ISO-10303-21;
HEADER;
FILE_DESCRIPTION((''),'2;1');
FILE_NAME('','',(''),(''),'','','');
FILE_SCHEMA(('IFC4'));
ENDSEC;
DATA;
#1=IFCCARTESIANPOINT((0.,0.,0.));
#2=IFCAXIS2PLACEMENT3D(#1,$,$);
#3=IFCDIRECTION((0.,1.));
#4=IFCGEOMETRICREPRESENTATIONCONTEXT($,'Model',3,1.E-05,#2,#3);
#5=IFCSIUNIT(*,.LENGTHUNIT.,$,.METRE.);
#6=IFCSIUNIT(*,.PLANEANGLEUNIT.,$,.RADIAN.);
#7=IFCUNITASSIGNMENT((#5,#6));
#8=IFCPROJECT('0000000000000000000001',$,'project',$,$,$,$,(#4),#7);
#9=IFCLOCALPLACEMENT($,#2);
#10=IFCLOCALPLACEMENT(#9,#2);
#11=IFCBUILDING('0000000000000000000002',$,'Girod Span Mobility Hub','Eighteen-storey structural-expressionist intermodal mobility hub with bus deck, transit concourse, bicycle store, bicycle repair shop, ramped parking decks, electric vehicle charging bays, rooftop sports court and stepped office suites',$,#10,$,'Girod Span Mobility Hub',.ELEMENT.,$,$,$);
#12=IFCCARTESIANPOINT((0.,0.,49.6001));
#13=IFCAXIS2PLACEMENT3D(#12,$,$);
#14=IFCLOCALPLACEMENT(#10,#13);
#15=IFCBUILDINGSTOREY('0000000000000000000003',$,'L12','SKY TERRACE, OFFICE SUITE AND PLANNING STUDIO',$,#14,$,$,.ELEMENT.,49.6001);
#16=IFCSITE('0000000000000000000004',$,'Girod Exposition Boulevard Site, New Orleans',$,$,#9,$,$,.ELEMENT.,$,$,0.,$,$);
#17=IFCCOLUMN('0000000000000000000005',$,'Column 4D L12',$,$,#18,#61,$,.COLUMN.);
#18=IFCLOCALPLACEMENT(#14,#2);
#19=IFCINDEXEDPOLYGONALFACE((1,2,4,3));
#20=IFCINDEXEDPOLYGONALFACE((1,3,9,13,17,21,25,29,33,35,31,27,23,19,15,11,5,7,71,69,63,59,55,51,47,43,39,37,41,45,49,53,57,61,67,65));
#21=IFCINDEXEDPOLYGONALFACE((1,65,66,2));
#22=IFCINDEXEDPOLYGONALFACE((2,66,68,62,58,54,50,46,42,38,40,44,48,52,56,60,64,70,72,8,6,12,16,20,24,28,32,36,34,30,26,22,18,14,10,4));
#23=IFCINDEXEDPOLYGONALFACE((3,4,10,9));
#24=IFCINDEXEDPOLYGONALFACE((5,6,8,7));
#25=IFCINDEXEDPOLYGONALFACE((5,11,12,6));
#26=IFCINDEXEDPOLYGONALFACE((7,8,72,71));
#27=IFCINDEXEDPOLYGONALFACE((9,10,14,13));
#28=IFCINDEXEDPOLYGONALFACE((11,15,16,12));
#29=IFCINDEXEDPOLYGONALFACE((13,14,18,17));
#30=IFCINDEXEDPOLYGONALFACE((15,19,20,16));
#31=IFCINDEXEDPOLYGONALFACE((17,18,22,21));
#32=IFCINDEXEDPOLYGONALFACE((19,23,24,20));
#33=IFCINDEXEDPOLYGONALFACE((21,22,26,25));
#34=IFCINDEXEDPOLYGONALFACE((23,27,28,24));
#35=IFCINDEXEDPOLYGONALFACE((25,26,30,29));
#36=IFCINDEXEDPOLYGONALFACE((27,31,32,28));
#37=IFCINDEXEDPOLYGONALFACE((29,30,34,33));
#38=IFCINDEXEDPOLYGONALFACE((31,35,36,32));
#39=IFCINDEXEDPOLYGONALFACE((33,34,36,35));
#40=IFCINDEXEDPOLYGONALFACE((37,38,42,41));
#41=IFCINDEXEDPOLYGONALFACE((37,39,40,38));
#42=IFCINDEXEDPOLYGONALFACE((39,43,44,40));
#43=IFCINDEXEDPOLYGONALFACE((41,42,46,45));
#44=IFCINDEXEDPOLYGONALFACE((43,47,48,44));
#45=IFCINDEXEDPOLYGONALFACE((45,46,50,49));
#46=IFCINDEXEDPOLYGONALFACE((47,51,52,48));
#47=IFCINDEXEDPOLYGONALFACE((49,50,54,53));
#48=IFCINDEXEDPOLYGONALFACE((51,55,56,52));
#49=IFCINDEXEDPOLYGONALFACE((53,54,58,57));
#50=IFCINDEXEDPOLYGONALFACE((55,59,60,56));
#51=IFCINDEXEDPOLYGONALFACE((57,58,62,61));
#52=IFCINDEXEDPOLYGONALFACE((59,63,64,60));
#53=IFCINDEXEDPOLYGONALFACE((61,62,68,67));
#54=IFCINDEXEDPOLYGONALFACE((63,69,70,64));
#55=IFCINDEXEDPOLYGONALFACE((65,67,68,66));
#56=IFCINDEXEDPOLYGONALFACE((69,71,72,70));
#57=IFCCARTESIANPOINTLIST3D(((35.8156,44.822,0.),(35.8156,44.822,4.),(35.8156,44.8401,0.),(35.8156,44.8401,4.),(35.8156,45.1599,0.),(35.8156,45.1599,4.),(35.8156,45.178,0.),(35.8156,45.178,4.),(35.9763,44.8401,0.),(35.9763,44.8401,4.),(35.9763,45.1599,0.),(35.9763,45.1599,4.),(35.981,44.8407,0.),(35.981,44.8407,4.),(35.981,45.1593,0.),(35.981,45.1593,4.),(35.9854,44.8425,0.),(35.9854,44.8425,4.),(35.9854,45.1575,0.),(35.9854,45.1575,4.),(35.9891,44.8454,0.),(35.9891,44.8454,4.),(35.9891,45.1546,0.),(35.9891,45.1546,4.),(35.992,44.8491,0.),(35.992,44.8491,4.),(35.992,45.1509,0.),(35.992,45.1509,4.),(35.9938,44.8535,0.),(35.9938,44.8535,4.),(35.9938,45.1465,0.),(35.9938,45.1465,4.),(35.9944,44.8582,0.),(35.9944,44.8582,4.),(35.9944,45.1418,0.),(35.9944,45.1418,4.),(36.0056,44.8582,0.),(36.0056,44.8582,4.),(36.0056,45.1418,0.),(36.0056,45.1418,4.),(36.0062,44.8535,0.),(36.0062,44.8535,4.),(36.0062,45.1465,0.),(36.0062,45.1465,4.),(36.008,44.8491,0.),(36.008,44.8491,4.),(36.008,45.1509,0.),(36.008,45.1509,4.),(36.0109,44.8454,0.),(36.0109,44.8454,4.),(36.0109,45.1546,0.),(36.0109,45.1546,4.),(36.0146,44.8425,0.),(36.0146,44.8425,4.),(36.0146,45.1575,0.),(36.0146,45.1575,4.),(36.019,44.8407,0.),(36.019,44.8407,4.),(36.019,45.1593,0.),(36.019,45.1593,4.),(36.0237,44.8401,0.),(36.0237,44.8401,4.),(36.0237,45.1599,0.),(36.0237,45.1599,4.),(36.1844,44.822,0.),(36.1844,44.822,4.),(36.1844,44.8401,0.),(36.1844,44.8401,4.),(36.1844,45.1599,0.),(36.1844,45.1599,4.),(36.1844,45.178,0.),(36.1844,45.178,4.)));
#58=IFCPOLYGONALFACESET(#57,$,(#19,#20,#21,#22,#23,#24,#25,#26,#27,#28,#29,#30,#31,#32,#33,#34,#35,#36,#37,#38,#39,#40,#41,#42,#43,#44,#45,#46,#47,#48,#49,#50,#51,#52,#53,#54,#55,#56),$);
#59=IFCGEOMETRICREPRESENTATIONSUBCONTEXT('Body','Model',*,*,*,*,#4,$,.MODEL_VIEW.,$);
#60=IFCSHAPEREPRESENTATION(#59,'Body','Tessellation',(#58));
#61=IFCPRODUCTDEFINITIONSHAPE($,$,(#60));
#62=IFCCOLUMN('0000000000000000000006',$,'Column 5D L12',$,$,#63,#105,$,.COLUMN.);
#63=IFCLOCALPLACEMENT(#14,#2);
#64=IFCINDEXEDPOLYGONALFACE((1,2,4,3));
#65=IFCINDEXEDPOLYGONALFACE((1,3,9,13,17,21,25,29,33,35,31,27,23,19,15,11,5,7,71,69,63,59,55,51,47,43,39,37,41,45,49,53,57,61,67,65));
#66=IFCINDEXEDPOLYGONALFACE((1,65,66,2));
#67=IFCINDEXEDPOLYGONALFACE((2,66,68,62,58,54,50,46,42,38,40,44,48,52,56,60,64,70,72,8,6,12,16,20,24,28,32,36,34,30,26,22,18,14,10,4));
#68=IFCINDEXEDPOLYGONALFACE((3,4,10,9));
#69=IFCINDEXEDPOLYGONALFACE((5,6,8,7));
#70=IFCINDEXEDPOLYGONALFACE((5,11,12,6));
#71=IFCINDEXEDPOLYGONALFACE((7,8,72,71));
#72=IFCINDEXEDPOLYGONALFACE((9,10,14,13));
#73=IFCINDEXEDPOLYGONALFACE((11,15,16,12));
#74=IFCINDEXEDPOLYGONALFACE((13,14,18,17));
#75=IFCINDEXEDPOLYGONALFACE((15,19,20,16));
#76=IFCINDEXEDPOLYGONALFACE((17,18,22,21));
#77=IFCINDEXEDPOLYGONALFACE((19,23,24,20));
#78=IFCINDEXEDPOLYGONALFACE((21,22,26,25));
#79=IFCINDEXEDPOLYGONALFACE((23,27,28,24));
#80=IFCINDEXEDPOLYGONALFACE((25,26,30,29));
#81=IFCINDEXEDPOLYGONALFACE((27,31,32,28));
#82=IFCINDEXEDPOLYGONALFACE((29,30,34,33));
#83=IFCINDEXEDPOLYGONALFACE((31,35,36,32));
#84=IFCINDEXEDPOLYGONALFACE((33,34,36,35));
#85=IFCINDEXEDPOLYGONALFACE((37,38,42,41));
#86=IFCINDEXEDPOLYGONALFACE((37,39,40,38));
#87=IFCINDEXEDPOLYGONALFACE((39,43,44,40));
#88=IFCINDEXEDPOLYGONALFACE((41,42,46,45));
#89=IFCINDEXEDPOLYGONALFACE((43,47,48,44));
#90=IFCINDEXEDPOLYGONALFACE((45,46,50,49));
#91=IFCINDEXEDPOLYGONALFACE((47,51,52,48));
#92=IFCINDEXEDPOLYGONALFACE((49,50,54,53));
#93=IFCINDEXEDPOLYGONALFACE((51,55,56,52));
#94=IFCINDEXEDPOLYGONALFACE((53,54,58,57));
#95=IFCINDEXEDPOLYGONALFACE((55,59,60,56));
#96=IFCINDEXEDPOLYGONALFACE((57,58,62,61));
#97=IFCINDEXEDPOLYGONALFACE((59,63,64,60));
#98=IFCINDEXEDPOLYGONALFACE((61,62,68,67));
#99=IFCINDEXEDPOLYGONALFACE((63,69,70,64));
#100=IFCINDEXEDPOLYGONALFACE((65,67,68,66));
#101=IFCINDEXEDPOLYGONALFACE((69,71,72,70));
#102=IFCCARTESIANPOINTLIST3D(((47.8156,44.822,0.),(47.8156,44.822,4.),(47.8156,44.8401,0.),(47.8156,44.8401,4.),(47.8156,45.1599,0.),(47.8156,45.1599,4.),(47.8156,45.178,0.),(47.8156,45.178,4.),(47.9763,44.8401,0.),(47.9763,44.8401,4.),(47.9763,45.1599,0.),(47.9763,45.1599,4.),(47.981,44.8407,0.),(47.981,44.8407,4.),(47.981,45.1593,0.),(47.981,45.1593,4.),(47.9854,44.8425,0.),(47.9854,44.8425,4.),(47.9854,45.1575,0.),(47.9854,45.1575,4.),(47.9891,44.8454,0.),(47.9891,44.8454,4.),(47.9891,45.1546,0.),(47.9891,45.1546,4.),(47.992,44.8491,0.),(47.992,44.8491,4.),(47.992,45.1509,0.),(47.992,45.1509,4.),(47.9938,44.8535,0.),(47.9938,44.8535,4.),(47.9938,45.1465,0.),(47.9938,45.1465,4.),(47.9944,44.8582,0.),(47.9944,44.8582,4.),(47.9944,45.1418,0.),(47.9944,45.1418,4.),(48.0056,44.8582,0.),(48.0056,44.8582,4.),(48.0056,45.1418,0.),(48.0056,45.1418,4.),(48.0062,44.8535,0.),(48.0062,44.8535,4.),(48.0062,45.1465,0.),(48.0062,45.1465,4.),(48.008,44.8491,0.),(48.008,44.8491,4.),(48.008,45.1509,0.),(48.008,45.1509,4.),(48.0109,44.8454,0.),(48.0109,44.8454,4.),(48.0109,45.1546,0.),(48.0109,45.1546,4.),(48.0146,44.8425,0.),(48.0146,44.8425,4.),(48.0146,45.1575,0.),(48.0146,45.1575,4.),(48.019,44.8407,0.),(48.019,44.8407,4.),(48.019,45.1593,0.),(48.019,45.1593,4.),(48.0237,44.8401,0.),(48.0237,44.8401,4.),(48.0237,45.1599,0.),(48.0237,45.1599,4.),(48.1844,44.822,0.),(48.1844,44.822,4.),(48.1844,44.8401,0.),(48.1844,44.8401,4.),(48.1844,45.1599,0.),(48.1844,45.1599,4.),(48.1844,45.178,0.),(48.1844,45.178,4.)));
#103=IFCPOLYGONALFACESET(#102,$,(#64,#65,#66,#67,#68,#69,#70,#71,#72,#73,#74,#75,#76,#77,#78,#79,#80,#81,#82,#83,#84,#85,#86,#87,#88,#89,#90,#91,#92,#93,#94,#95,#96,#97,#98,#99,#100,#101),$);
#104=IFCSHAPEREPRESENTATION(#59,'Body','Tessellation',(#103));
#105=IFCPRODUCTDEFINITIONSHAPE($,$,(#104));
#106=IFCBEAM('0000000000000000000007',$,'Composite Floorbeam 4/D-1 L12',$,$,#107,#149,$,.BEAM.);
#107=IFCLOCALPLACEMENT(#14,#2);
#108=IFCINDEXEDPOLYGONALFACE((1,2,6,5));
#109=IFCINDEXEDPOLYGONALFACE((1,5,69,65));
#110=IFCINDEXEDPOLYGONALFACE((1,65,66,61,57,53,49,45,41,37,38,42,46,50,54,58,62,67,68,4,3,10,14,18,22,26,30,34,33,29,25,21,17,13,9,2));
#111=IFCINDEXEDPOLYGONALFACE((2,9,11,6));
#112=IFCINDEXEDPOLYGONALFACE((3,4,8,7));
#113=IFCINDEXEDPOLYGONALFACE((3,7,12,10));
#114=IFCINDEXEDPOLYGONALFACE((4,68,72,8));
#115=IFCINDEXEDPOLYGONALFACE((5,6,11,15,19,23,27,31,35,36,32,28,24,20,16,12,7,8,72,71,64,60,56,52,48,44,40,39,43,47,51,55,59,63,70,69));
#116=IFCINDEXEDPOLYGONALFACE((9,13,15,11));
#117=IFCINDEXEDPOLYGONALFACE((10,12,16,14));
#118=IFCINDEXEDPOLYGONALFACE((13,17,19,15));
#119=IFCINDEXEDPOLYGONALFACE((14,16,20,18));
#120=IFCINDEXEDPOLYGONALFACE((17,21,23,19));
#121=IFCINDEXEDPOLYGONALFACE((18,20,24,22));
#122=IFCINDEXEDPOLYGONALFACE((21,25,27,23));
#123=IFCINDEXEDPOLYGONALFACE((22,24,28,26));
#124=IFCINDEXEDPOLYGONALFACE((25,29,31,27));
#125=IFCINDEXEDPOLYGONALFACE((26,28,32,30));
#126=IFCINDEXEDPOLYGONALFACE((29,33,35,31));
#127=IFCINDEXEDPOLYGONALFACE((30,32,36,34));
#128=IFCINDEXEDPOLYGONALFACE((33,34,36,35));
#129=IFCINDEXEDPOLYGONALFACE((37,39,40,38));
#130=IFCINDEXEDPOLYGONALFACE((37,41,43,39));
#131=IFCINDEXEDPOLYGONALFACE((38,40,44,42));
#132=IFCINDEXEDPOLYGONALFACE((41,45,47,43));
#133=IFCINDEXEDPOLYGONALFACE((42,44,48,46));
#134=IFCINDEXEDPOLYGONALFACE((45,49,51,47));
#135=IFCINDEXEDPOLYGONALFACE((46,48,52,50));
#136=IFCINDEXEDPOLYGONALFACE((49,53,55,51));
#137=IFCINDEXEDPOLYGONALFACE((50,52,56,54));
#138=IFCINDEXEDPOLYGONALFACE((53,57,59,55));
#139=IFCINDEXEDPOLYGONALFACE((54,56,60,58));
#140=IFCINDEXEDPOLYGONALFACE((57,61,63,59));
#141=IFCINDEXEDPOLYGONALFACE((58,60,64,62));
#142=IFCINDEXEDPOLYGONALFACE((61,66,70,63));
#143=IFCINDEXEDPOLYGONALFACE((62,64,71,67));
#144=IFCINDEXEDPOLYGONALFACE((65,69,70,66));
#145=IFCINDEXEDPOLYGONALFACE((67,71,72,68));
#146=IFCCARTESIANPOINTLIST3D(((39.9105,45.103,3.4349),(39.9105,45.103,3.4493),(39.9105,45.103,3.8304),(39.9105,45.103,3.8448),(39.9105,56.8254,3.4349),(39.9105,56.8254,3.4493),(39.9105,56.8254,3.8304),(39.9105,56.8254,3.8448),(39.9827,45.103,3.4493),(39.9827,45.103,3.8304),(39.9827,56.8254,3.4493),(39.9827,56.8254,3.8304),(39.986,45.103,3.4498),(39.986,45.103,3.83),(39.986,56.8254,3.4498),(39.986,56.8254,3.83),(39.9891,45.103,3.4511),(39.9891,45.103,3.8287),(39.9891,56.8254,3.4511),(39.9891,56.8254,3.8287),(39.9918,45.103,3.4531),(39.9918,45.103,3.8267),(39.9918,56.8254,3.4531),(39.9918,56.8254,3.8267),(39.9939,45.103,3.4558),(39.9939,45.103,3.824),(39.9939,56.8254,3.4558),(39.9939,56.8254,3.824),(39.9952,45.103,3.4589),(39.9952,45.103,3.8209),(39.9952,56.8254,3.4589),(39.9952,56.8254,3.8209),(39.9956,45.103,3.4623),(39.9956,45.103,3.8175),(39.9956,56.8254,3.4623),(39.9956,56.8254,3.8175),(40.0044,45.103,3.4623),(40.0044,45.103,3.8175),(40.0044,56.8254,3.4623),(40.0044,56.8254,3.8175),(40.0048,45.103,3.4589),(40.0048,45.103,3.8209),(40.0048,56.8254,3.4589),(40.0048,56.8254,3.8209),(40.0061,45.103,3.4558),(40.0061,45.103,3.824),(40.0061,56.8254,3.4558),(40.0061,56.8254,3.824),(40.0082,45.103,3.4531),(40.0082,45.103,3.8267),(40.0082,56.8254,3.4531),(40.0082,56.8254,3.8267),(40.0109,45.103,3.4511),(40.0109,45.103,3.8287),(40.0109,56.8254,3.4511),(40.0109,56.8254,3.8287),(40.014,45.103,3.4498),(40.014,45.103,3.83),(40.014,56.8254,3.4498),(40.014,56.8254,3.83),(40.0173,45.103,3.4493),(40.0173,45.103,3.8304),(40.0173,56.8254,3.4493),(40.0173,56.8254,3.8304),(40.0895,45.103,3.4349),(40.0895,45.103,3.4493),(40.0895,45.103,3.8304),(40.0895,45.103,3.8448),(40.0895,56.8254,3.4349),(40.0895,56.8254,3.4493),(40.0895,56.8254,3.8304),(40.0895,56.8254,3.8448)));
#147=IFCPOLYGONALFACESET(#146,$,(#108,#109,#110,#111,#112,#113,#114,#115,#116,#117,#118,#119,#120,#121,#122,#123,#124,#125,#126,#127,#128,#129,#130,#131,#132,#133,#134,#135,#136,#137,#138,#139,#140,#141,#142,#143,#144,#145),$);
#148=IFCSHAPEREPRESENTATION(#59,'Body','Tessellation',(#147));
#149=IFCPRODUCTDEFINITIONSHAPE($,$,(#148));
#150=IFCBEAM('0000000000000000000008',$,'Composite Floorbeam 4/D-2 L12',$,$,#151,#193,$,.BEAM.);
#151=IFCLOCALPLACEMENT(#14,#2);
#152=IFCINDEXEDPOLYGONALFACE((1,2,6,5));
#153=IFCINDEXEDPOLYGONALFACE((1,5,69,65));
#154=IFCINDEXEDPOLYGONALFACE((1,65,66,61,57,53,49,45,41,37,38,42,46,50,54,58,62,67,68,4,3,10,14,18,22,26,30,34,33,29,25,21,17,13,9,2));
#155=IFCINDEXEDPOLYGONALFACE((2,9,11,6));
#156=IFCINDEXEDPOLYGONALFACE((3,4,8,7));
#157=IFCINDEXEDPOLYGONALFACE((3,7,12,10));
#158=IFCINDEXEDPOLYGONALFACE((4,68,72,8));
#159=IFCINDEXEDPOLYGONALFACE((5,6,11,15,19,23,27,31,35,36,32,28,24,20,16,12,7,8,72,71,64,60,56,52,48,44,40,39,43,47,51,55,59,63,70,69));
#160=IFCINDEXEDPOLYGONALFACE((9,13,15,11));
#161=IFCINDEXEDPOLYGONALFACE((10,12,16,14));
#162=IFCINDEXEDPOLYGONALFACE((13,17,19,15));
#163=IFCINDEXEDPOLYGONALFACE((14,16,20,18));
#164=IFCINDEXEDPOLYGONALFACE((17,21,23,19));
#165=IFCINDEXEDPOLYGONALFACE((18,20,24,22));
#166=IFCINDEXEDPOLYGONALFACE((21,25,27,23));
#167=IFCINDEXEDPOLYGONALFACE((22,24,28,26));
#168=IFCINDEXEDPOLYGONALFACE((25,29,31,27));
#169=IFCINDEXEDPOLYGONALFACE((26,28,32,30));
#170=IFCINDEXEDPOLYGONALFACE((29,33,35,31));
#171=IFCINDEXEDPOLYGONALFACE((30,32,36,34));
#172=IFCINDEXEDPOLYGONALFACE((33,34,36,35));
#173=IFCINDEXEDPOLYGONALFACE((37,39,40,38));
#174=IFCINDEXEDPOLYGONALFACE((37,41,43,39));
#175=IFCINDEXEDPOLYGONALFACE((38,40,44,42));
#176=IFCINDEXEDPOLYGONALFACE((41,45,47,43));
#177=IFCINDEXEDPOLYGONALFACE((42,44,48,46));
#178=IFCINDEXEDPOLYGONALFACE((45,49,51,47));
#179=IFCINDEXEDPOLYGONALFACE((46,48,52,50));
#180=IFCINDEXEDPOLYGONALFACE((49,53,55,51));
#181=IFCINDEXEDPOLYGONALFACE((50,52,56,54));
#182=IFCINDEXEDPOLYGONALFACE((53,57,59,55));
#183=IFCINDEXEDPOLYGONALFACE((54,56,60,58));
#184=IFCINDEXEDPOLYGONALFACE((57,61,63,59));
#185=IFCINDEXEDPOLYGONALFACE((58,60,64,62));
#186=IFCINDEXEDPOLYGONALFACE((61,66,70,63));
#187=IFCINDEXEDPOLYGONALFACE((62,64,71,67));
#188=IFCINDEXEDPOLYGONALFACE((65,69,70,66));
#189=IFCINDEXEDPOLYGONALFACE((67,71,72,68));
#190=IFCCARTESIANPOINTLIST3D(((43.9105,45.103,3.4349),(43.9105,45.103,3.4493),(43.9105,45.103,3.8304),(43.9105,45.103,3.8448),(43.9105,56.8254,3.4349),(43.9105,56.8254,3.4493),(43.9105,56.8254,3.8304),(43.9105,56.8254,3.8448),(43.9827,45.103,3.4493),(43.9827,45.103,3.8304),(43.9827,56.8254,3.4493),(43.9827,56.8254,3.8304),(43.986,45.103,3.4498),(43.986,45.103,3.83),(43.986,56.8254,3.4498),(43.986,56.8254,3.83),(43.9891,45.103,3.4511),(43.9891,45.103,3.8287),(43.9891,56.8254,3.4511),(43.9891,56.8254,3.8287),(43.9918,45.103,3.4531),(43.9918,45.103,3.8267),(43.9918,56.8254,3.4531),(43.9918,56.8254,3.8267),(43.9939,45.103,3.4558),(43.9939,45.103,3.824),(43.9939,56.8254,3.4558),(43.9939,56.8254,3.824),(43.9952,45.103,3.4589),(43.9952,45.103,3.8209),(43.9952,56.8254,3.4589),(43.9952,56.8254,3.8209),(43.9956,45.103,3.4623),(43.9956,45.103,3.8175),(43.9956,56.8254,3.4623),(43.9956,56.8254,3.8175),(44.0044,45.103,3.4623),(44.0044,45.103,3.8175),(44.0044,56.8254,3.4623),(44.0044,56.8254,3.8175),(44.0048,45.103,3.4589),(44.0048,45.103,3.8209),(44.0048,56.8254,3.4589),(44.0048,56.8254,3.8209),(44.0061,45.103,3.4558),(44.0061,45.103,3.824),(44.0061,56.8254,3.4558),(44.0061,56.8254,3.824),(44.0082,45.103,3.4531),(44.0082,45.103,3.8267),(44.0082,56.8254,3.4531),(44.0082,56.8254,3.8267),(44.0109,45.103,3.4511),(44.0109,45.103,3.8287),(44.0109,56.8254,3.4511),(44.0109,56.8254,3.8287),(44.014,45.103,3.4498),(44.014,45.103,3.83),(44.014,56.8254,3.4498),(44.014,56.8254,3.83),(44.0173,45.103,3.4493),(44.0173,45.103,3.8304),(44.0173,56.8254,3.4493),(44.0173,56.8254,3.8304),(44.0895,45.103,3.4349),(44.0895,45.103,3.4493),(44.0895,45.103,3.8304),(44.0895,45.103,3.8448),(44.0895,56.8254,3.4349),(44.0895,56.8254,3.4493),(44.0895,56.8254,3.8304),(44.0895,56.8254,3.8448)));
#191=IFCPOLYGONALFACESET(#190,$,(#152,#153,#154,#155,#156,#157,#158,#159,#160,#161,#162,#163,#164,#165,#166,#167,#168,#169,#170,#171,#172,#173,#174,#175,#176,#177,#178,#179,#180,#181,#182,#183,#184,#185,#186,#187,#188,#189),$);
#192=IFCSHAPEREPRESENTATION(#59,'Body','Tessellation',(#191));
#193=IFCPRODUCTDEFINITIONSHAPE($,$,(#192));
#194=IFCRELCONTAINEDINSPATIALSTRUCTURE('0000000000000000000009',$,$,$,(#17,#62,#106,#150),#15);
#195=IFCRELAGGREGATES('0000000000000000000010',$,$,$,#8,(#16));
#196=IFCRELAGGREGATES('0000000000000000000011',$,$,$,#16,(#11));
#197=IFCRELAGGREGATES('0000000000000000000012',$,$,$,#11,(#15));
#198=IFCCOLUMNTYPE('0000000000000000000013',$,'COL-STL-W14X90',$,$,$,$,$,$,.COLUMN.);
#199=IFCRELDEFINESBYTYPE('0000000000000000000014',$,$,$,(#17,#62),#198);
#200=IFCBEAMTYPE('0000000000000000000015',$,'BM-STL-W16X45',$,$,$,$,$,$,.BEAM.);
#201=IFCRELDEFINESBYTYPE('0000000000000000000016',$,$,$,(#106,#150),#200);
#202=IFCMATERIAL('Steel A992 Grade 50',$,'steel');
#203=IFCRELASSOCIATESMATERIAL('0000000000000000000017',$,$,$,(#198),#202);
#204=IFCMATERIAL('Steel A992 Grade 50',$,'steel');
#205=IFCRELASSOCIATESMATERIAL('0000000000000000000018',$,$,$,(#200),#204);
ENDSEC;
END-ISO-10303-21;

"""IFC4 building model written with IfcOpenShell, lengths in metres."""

from ifc_helpers import new_model, si_unit, direction, frame, origin, origin_2d, place, context, subcontext, project, spatial, i_section, extrude, material, material_profile, profile_set, type_object, element, save


model = new_model("IFC4")

# Units and contexts
model_context = context("Model", 3, precision=1e-05, world=origin(), true_north=direction((0.0, 1.0)))
body_context = subcontext(model_context, "Body", "Model", "MODEL_VIEW")
ifc_project = project(units=[si_unit("LENGTHUNIT", "METRE"), si_unit("PLANEANGLEUNIT", "RADIAN")], contexts=[model_context])

# Site, building, storey
site_placement = place(None, origin())
site = spatial("IfcSite", under=ifc_project, at=site_placement, Name="Girod Exposition Boulevard Site, New Orleans", CompositionType="ELEMENT", RefElevation=0.0)
building_placement = place(site_placement, origin())
building = spatial("IfcBuilding", under=site, at=building_placement, Name="Girod Span Mobility Hub", Description="Eighteen-storey structural-expressionist intermodal mobility hub with bus deck, transit concourse, bicycle store, bicycle repair shop, ramped parking decks, electric vehicle charging bays, rooftop sports court and stepped office suites", LongName="Girod Span Mobility Hub", CompositionType="ELEMENT")
storey_placement = place(building_placement, frame((0.0, 0.0, 49.6001)))
storey = spatial("IfcBuildingStorey", under=building, at=storey_placement, Name="L12", Description="SKY TERRACE, OFFICE SUITE AND PLANNING STUDIO", CompositionType="ELEMENT", Elevation=49.6001)

# Columns
ifc_material_1 = material(Name="Steel A992 Grade 50", Category="steel")
ifc_material_profile_1 = material_profile(ifc_material_1, i_section(OverallWidth=0.3689, OverallDepth=0.356, WebThickness=0.0112, FlangeThickness=0.0181, FilletRadius=0.0181, at=origin_2d()), Name="W14X90")
ifc_profile_set_1 = profile_set([ifc_material_profile_1], Name="Steel A992 Grade 50")
column_type = type_object("IfcColumnType", Name="COL-STL-W14X90", PredefinedType="COLUMN", material=ifc_profile_set_1)
for number, where, z_axis, x_axis, name in (
    (1, (36.0, 45.0, 0.0), (0.0, 0.0, 1.0), (1.0, 0.0, 0.0), "Column 4D L12"),
    (2, (48.0, 45.0, 0.0), (0.0, 0.0, 1.0), (1.0, 0.0, 0.0), "Column 5D L12"),
):
    element("IfcColumn", number, at=place(storey_placement, frame(where, z_axis=z_axis, x_axis=x_axis)), inside=storey, type_object=column_type, Name=name, PredefinedType="COLUMN", context=body_context, shape_type="SweptSolid", body=[
        extrude(i_section(OverallWidth=0.3689, OverallDepth=0.356, WebThickness=0.0112, FlangeThickness=0.0181, FilletRadius=0.0181, at=origin_2d()), origin(), (0.0, 0.0, 1.0), 4.0),
    ])

# Beams
ifc_material_2 = material(Name="Steel A992 Grade 50", Category="steel")
ifc_material_profile_2 = material_profile(ifc_material_2, i_section(OverallWidth=0.179, OverallDepth=0.4099, WebThickness=0.0088, FlangeThickness=0.0144, FilletRadius=0.0129, at=origin_2d()), Name="W16X45")
ifc_profile_set_2 = profile_set([ifc_material_profile_2], Name="Steel A992 Grade 50")
beam_type_1 = type_object("IfcBeamType", Name="BM-STL-W16X45", PredefinedType="BEAM", material=ifc_profile_set_2)
for number, where, z_axis, x_axis, name in (
    (3, (40.0, 45.103, 3.6399), (0.0, 1.0, 0.0), (-1.0, 0.0, 0.0), "Composite Floorbeam 4/D-1 L12"),
    (4, (44.0, 45.103, 3.6399), (0.0, 1.0, 0.0), (-1.0, 0.0, 0.0), "Composite Floorbeam 4/D-2 L12"),
):
    element("IfcBeam", number, at=place(storey_placement, frame(where, z_axis=z_axis, x_axis=x_axis)), inside=storey, type_object=beam_type_1, Name=name, PredefinedType="BEAM", context=body_context, shape_type="SweptSolid", body=[
        extrude(i_section(OverallWidth=0.179, OverallDepth=0.4099, WebThickness=0.0088, FlangeThickness=0.0144, FilletRadius=0.0129, at=origin_2d()), origin(), (0.0, 0.0, 1.0), 11.7224),
    ])

save(model, "model.ifc")
